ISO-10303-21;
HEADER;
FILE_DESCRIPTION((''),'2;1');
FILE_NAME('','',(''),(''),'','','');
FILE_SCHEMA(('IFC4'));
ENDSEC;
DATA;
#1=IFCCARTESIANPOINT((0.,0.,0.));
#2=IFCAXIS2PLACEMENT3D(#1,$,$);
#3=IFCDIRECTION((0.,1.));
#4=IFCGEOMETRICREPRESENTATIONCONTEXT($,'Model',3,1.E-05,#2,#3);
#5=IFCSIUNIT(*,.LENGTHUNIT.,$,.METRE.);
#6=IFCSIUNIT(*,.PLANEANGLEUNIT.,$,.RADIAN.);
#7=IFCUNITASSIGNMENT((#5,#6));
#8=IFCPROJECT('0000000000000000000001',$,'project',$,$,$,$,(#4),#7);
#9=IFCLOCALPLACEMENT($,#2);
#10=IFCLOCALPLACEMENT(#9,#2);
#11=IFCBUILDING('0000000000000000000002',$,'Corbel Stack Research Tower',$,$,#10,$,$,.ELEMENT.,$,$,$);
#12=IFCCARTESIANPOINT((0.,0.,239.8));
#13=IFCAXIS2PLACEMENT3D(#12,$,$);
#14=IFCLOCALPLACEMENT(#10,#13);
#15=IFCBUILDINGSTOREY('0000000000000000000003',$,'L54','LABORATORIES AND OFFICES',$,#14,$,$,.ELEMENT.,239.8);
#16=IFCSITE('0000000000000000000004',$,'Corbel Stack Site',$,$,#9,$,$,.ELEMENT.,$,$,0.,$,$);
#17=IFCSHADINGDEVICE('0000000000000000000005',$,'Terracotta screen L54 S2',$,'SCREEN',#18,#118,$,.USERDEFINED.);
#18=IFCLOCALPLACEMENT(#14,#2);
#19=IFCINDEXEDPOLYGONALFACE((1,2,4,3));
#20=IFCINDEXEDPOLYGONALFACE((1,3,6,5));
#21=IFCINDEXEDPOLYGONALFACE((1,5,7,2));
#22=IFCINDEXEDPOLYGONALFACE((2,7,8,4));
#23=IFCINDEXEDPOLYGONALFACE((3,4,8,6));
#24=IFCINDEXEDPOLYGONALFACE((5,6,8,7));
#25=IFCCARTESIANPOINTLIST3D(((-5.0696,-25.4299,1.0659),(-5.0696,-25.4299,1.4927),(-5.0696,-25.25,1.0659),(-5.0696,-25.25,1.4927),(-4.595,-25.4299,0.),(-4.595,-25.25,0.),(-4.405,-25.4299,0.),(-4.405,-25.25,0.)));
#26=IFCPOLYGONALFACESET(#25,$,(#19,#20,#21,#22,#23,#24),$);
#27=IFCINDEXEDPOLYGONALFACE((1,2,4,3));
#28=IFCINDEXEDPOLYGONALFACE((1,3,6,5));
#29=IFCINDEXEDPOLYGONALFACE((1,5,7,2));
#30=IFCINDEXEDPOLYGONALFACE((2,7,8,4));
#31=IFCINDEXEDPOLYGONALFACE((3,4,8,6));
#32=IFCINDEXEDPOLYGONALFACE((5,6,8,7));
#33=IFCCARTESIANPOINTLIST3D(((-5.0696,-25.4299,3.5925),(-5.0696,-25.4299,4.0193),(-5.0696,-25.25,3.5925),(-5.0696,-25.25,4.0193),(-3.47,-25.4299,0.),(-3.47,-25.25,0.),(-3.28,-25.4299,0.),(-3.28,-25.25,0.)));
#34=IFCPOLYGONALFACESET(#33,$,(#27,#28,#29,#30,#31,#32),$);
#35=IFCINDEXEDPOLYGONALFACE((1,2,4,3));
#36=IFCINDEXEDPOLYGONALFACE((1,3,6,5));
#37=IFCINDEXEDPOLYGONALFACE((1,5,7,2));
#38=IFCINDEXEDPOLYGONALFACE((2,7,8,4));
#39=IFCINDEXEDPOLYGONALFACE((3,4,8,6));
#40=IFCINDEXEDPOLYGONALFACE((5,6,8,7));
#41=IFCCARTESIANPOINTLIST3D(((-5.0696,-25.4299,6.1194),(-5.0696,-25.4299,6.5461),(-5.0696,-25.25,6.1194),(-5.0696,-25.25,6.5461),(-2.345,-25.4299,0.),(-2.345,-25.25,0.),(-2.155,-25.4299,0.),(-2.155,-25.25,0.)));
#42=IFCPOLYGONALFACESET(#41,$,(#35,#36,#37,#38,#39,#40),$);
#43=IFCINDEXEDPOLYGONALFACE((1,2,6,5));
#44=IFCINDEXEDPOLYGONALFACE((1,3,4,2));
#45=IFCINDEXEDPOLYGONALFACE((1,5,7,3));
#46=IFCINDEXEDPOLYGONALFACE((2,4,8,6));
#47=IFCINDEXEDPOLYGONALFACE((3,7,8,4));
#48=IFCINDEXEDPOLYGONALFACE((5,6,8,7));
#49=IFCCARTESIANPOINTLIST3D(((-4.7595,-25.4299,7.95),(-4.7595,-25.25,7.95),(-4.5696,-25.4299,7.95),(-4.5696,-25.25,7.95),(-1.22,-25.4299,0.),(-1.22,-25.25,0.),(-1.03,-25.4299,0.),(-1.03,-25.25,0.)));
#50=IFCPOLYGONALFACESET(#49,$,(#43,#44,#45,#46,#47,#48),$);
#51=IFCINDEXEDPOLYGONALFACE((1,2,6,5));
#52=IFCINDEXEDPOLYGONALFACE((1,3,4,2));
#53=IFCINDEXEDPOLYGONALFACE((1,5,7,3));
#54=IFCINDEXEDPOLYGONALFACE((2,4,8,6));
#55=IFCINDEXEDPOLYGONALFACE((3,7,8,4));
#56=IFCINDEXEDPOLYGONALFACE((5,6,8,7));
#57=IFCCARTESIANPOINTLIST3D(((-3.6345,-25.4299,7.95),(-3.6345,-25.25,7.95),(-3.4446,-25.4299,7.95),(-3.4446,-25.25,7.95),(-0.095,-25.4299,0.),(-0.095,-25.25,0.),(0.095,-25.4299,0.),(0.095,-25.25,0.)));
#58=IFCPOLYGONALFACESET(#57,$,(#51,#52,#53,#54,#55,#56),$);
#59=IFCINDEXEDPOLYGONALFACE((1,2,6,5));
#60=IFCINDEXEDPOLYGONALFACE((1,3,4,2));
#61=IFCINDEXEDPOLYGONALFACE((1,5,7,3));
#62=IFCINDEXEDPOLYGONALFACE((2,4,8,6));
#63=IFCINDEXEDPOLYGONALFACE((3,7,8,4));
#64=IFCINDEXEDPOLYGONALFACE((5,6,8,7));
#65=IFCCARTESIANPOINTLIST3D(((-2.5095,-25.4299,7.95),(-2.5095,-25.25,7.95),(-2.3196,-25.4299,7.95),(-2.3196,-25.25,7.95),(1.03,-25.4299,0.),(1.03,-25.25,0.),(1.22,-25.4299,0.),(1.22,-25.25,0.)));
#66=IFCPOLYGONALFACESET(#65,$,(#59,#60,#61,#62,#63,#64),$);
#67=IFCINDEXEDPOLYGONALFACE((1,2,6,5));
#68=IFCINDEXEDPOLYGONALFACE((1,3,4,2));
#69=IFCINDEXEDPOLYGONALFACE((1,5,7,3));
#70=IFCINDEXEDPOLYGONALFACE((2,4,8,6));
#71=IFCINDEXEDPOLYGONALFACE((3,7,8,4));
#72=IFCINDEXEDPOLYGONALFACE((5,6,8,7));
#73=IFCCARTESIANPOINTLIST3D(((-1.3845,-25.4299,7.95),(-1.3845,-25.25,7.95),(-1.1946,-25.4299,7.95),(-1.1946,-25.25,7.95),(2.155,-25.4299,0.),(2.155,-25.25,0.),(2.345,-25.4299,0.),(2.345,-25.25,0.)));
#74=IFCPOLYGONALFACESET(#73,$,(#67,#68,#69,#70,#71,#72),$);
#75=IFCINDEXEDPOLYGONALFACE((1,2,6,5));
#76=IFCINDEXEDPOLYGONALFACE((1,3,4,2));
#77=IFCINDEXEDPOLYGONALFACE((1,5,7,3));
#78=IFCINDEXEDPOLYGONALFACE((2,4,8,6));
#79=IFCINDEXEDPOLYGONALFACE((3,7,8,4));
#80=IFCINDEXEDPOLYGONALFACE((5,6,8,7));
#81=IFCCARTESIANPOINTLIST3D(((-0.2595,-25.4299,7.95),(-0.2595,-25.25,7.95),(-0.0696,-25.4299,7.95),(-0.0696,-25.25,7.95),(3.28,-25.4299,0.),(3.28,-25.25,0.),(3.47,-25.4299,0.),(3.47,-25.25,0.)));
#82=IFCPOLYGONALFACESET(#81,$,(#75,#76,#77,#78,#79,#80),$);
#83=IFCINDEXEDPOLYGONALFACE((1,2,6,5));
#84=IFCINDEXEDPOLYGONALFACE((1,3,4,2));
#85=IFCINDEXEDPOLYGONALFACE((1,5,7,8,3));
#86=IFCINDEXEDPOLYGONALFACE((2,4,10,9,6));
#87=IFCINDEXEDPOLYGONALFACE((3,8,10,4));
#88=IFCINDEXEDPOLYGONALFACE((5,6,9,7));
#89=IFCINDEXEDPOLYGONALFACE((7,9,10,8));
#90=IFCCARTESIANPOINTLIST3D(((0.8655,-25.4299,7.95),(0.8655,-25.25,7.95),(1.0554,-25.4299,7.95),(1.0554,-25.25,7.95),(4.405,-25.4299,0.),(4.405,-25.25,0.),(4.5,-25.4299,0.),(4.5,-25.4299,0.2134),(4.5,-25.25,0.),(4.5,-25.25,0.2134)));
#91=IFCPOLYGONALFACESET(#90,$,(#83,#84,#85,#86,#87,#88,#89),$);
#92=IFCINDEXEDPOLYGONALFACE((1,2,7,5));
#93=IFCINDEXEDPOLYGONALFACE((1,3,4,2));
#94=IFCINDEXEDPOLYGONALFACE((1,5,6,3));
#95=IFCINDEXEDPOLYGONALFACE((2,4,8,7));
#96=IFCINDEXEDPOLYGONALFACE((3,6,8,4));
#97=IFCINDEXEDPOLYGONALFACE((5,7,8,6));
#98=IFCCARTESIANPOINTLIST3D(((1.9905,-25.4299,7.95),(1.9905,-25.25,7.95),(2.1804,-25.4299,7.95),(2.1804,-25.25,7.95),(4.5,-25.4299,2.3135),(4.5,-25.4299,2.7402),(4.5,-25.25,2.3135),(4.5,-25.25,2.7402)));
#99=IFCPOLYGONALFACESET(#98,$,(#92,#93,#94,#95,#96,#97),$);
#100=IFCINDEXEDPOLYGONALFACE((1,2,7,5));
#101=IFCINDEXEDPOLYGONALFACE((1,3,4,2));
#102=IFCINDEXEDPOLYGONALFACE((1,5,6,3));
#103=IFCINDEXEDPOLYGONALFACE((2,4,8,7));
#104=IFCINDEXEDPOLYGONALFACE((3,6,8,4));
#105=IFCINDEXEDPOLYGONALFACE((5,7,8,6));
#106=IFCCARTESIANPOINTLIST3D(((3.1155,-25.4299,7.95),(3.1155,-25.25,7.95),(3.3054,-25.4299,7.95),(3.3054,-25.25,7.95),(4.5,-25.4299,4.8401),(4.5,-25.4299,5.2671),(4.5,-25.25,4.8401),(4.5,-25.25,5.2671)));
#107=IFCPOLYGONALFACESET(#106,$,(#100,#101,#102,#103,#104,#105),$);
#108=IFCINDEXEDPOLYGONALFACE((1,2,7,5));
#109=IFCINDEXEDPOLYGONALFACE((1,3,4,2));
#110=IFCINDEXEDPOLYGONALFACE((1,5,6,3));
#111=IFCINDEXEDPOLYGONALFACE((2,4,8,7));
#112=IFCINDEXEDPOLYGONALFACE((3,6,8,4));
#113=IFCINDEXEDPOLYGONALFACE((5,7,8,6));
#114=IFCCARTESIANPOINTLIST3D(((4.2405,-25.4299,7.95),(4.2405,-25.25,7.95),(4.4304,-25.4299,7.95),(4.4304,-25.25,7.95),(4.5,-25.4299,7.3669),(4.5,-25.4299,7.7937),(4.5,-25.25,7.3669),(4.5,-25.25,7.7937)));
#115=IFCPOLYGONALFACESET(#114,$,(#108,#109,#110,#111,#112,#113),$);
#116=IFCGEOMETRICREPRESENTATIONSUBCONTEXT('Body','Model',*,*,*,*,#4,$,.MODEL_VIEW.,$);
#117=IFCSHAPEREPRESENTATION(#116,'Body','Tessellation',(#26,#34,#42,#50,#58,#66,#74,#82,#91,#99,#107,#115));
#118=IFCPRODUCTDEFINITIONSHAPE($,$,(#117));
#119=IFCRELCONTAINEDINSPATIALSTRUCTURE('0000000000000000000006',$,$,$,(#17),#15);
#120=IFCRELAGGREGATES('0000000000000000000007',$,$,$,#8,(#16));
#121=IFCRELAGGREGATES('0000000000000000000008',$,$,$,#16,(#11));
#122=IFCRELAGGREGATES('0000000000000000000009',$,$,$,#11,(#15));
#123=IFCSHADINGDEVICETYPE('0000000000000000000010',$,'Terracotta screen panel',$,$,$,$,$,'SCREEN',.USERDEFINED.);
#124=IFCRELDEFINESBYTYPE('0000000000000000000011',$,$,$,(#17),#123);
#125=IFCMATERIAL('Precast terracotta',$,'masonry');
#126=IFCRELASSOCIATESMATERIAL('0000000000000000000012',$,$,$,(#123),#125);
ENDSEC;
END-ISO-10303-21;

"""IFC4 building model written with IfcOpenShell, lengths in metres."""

from ifc_helpers import new_model, si_unit, direction, frame, origin, place, context, subcontext, project, spatial, polyline, outline, extrude, source, transform, mapped, material, type_object, element, save


model = new_model("IFC4")

# Units and contexts
model_context = context("Model", 3, precision=1e-05, world=origin(), true_north=direction((0.0, 1.0)))
body_context = subcontext(model_context, "Body", "Model", "MODEL_VIEW")
ifc_project = project(units=[si_unit("LENGTHUNIT", "METRE"), si_unit("PLANEANGLEUNIT", "RADIAN")], contexts=[model_context])

# Site, building, storey
site_placement = place(None, origin())
site = spatial("IfcSite", under=ifc_project, at=site_placement, Name="Corbel Stack Site", CompositionType="ELEMENT", RefElevation=0.0)
building_placement = place(site_placement, origin())
building = spatial("IfcBuilding", under=site, at=building_placement, Name="Corbel Stack Research Tower", CompositionType="ELEMENT")
storey_placement = place(building_placement, frame((0.0, 0.0, 239.8)))
storey = spatial("IfcBuildingStorey", under=building, at=storey_placement, Name="L54", Description="LABORATORIES AND OFFICES", CompositionType="ELEMENT", Elevation=239.8)

# Shading device
ifc_material_1 = material(Name="Precast terracotta", Category="masonry")
shading_device_type = type_object("IfcShadingDeviceType", Name="Terracotta screen panel", ElementType="SCREEN", PredefinedType="USERDEFINED", material=ifc_material_1)
shared_shape = source(origin(), body_context, "Body", "SweptSolid", [
    extrude(outline(polyline([(0.6646, 0.0), (0.0, 1.4927), (0.0, 1.0659), (0.4746, 0.0), (0.6646, 0.0)])), frame((0.0, 0.0, 0.0), z_axis=(0.0, -1.0, 0.0), x_axis=(1.0, 0.0, 0.0)), (0.0, 0.0, 1.0), 0.1799),
    extrude(outline(polyline([(1.7896, 0.0), (0.0, 4.0193), (0.0, 3.5925), (1.5996, 0.0), (1.7896, 0.0)])), frame((0.0, 0.0, 0.0), z_axis=(0.0, -1.0, 0.0), x_axis=(1.0, 0.0, 0.0)), (0.0, 0.0, 1.0), 0.1799),
    extrude(outline(polyline([(2.9146, 0.0), (0.0, 6.5461), (0.0, 6.1194), (2.7246, 0.0), (2.9146, 0.0)])), frame((0.0, 0.0, 0.0), z_axis=(0.0, -1.0, 0.0), x_axis=(1.0, 0.0, 0.0)), (0.0, 0.0, 1.0), 0.1799),
    extrude(outline(polyline([(4.0396, 0.0), (0.5, 7.95), (0.3101, 7.95), (3.8496, 0.0), (4.0396, 0.0)])), frame((0.0, 0.0, 0.0), z_axis=(0.0, -1.0, 0.0), x_axis=(1.0, 0.0, 0.0)), (0.0, 0.0, 1.0), 0.1799),
    extrude(outline(polyline([(5.1646, 0.0), (1.625, 7.95), (1.4351, 7.95), (4.9746, 0.0), (5.1646, 0.0)])), frame((0.0, 0.0, 0.0), z_axis=(0.0, -1.0, 0.0), x_axis=(1.0, 0.0, 0.0)), (0.0, 0.0, 1.0), 0.1799),
    extrude(outline(polyline([(6.2896, 0.0), (2.75, 7.95), (2.5601, 7.95), (6.0996, 0.0), (6.2896, 0.0)])), frame((0.0, 0.0, 0.0), z_axis=(0.0, -1.0, 0.0), x_axis=(1.0, 0.0, 0.0)), (0.0, 0.0, 1.0), 0.1799),
    extrude(outline(polyline([(7.4146, 0.0), (3.875, 7.95), (3.6851, 7.95), (7.2246, 0.0), (7.4146, 0.0)])), frame((0.0, 0.0, 0.0), z_axis=(0.0, -1.0, 0.0), x_axis=(1.0, 0.0, 0.0)), (0.0, 0.0, 1.0), 0.1799),
    extrude(outline(polyline([(8.5396, 0.0), (5.0, 7.95), (4.8101, 7.95), (8.3496, 0.0), (8.5396, 0.0)])), frame((0.0, 0.0, 0.0), z_axis=(0.0, -1.0, 0.0), x_axis=(1.0, 0.0, 0.0)), (0.0, 0.0, 1.0), 0.1799),
    extrude(outline(polyline([(9.5696, 0.0), (9.5696, 0.2134), (6.125, 7.95), (5.9351, 7.95), (9.4746, 0.0), (9.5696, 0.0)])), frame((0.0, 0.0, 0.0), z_axis=(0.0, -1.0, 0.0), x_axis=(1.0, 0.0, 0.0)), (0.0, 0.0, 1.0), 0.1799),
    extrude(outline(polyline([(7.25, 7.95), (7.0601, 7.95), (9.5696, 2.3135), (9.5696, 2.7402), (7.25, 7.95)])), frame((0.0, 0.0, 0.0), z_axis=(0.0, -1.0, 0.0), x_axis=(1.0, 0.0, 0.0)), (0.0, 0.0, 1.0), 0.1799),
    extrude(outline(polyline([(8.375, 7.95), (8.1851, 7.95), (9.5696, 4.8401), (9.5696, 5.2671), (8.375, 7.95)])), frame((0.0, 0.0, 0.0), z_axis=(0.0, -1.0, 0.0), x_axis=(1.0, 0.0, 0.0)), (0.0, 0.0, 1.0), 0.1799),
    extrude(outline(polyline([(9.5, 7.95), (9.3101, 7.95), (9.5696, 7.3669), (9.5696, 7.7937), (9.5, 7.95)])), frame((0.0, 0.0, 0.0), z_axis=(0.0, -1.0, 0.0), x_axis=(1.0, 0.0, 0.0)), (0.0, 0.0, 1.0), 0.1799),
])
shading_device_placement = place(storey_placement, frame((-5.0696, -25.25, 0.0), z_axis=(0.0, 0.0, 1.0), x_axis=(1.0, 0.0, 0.0)))
element("IfcShadingDevice", 1, at=shading_device_placement, inside=storey, type_object=shading_device_type, Name="Terracotta screen L54 S2", ObjectType="SCREEN", PredefinedType="USERDEFINED", context=body_context, shape_type="MappedRepresentation", body=[
    mapped(shared_shape, transform((0.0, 0.0, 0.0))),
])

save(model, "model.ifc")
